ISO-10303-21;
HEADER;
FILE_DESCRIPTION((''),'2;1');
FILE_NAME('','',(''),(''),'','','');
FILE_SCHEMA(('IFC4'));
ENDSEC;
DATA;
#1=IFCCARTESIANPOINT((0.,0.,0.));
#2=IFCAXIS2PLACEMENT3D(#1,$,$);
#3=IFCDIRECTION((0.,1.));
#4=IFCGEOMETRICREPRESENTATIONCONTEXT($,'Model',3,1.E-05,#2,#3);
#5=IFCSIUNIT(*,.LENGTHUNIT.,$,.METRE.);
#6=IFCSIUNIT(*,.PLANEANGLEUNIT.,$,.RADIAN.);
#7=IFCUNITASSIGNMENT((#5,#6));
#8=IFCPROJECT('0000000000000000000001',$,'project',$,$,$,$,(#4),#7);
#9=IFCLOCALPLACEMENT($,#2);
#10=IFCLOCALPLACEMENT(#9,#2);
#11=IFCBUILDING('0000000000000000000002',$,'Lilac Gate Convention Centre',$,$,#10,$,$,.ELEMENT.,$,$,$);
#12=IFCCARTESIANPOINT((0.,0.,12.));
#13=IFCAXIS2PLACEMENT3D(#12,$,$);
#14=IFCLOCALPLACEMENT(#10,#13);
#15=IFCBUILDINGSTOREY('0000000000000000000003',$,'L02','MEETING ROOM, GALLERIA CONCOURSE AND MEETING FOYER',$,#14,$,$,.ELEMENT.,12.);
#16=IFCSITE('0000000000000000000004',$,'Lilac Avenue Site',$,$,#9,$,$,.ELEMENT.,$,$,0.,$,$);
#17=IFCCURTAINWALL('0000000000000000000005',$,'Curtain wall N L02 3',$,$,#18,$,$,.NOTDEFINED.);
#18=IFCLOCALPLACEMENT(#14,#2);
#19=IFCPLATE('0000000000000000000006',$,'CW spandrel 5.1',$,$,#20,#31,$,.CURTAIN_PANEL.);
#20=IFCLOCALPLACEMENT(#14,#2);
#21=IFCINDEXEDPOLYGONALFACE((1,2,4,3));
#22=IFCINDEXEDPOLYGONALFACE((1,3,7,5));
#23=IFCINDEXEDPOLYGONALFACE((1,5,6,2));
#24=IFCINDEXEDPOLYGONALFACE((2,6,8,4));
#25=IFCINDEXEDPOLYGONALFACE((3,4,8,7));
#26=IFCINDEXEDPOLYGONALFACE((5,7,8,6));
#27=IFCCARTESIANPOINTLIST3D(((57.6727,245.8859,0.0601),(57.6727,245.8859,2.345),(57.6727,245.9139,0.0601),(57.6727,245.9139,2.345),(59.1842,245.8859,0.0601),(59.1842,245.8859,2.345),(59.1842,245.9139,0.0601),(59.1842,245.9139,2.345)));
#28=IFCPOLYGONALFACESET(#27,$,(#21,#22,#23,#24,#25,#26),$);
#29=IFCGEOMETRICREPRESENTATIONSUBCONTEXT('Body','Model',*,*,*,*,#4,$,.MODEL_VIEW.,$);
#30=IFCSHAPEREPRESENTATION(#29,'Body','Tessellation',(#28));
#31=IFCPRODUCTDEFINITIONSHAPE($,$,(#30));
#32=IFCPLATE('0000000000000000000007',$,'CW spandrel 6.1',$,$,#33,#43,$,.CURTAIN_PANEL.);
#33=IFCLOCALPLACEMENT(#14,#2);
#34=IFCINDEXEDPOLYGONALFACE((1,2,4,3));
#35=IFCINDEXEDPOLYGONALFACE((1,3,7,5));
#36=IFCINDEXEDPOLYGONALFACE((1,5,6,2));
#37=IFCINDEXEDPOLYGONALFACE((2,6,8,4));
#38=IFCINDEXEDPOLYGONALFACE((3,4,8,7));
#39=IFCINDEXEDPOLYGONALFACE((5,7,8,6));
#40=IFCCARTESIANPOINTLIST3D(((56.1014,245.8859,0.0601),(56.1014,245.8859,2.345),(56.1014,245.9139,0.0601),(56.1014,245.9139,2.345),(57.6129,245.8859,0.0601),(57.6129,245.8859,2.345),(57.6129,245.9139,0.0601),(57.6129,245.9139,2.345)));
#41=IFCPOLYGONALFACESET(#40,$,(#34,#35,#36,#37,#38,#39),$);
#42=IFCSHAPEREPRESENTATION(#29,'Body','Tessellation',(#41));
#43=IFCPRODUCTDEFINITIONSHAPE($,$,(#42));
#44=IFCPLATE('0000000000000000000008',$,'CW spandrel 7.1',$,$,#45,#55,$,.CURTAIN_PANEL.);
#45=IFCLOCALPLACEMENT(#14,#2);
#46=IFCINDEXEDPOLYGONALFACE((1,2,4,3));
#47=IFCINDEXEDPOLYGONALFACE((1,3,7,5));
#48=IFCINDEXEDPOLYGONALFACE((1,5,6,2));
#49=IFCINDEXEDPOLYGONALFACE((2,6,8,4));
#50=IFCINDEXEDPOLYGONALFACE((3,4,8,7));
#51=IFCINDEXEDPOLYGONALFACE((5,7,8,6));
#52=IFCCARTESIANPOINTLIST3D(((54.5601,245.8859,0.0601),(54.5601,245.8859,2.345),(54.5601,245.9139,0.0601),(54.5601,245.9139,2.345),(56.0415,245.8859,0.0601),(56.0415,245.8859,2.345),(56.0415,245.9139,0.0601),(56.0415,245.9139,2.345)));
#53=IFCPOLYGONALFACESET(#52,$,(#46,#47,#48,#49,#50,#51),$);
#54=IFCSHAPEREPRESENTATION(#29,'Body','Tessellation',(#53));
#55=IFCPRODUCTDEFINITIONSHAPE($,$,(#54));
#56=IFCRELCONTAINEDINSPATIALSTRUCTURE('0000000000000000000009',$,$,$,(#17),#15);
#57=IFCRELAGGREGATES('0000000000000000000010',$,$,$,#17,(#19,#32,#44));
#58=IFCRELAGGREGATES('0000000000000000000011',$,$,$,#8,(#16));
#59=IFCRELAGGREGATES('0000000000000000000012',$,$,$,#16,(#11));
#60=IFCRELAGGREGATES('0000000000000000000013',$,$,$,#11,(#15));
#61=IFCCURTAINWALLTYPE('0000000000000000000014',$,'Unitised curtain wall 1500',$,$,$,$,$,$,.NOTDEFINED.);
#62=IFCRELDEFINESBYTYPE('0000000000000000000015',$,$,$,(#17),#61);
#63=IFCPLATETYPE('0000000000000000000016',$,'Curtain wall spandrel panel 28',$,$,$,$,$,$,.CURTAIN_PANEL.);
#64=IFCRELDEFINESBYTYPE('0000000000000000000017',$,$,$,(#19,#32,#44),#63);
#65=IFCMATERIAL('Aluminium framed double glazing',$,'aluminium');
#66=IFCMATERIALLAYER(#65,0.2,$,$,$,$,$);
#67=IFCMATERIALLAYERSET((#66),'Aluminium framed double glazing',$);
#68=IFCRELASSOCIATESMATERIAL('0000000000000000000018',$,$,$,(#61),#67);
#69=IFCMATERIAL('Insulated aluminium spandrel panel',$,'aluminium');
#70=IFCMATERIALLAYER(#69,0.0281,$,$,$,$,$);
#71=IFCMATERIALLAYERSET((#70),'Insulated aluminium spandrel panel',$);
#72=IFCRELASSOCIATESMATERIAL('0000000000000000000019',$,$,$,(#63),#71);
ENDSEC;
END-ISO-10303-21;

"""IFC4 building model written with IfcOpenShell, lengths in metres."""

from ifc_helpers import new_model, si_unit, direction, frame, origin, origin_2d, place, context, subcontext, project, spatial, rectangle, extrude, material, layer, layer_set, type_object, element, aggregate, save


model = new_model("IFC4")

# Units and contexts
model_context = context("Model", 3, precision=1e-05, world=origin(), true_north=direction((0.0, 1.0)))
body_context = subcontext(model_context, "Body", "Model", "MODEL_VIEW")
ifc_project = project(units=[si_unit("LENGTHUNIT", "METRE"), si_unit("PLANEANGLEUNIT", "RADIAN")], contexts=[model_context])

# Site, building, storey
site_placement = place(None, origin())
site = spatial("IfcSite", under=ifc_project, at=site_placement, Name="Lilac Avenue Site", CompositionType="ELEMENT", RefElevation=0.0)
building_placement = place(site_placement, origin())
building = spatial("IfcBuilding", under=site, at=building_placement, Name="Lilac Gate Convention Centre", CompositionType="ELEMENT")
storey_placement = place(building_placement, frame((0.0, 0.0, 12.0)))
storey = spatial("IfcBuildingStorey", under=building, at=storey_placement, Name="L02", Description="MEETING ROOM, GALLERIA CONCOURSE AND MEETING FOYER", CompositionType="ELEMENT", Elevation=12.0)

# Curtain wall, plates
ifc_material_1 = material(Name="Aluminium framed double glazing", Category="aluminium")
ifc_layer_1 = layer(ifc_material_1, 0.2)
ifc_layer_set_1 = layer_set([ifc_layer_1], Name="Aluminium framed double glazing")
curtain_wall_type = type_object("IfcCurtainWallType", Name="Unitised curtain wall 1500", PredefinedType="NOTDEFINED", material=ifc_layer_set_1)
curtain_wall_placement = place(storey_placement, origin())
curtain_wall = element("IfcCurtainWall", 1, at=curtain_wall_placement, inside=storey, type_object=curtain_wall_type, Name="Curtain wall N L02 3", PredefinedType="NOTDEFINED")
ifc_material_2 = material(Name="Insulated aluminium spandrel panel", Category="aluminium")
ifc_layer_2 = layer(ifc_material_2, 0.0281)
ifc_layer_set_2 = layer_set([ifc_layer_2], Name="Insulated aluminium spandrel panel")
plate_type_1 = type_object("IfcPlateType", Name="Curtain wall spandrel panel 28", PredefinedType="CURTAIN_PANEL", material=ifc_layer_set_2)
plate_1_placement = place(storey_placement, frame((58.4285, 245.8999, 0.0601), z_axis=(0.0, 0.0, 1.0), x_axis=(-1.0, 0.0, 0.0)))
plate_1 = element("IfcPlate", 2, at=plate_1_placement, type_object=plate_type_1, Name="CW spandrel 5.1", PredefinedType="CURTAIN_PANEL", context=body_context, shape_type="SweptSolid", body=[
    extrude(rectangle(XDim=1.5115, YDim=0.0281, at=origin_2d()), origin(), (0.0, 0.0, 1.0), 2.2849),
])
plate_2_placement = place(storey_placement, frame((56.8572, 245.8999, 0.0601), z_axis=(0.0, 0.0, 1.0), x_axis=(-1.0, 0.0, 0.0)))
plate_2 = element("IfcPlate", 3, at=plate_2_placement, type_object=plate_type_1, Name="CW spandrel 6.1", PredefinedType="CURTAIN_PANEL", context=body_context, shape_type="SweptSolid", body=[
    extrude(rectangle(XDim=1.5115, YDim=0.0281, at=origin_2d()), origin(), (0.0, 0.0, 1.0), 2.2849),
])
plate_3_placement = place(storey_placement, frame((55.3008, 245.8999, 0.0601), z_axis=(0.0, 0.0, 1.0), x_axis=(-1.0, 0.0, 0.0)))
plate_3 = element("IfcPlate", 4, at=plate_3_placement, type_object=plate_type_1, Name="CW spandrel 7.1", PredefinedType="CURTAIN_PANEL", context=body_context, shape_type="SweptSolid", body=[
    extrude(rectangle(XDim=1.4814, YDim=0.0281, at=origin_2d()), origin(), (0.0, 0.0, 1.0), 2.2849),
])
aggregate(curtain_wall, [plate_1, plate_2, plate_3])

save(model, "model.ifc")
